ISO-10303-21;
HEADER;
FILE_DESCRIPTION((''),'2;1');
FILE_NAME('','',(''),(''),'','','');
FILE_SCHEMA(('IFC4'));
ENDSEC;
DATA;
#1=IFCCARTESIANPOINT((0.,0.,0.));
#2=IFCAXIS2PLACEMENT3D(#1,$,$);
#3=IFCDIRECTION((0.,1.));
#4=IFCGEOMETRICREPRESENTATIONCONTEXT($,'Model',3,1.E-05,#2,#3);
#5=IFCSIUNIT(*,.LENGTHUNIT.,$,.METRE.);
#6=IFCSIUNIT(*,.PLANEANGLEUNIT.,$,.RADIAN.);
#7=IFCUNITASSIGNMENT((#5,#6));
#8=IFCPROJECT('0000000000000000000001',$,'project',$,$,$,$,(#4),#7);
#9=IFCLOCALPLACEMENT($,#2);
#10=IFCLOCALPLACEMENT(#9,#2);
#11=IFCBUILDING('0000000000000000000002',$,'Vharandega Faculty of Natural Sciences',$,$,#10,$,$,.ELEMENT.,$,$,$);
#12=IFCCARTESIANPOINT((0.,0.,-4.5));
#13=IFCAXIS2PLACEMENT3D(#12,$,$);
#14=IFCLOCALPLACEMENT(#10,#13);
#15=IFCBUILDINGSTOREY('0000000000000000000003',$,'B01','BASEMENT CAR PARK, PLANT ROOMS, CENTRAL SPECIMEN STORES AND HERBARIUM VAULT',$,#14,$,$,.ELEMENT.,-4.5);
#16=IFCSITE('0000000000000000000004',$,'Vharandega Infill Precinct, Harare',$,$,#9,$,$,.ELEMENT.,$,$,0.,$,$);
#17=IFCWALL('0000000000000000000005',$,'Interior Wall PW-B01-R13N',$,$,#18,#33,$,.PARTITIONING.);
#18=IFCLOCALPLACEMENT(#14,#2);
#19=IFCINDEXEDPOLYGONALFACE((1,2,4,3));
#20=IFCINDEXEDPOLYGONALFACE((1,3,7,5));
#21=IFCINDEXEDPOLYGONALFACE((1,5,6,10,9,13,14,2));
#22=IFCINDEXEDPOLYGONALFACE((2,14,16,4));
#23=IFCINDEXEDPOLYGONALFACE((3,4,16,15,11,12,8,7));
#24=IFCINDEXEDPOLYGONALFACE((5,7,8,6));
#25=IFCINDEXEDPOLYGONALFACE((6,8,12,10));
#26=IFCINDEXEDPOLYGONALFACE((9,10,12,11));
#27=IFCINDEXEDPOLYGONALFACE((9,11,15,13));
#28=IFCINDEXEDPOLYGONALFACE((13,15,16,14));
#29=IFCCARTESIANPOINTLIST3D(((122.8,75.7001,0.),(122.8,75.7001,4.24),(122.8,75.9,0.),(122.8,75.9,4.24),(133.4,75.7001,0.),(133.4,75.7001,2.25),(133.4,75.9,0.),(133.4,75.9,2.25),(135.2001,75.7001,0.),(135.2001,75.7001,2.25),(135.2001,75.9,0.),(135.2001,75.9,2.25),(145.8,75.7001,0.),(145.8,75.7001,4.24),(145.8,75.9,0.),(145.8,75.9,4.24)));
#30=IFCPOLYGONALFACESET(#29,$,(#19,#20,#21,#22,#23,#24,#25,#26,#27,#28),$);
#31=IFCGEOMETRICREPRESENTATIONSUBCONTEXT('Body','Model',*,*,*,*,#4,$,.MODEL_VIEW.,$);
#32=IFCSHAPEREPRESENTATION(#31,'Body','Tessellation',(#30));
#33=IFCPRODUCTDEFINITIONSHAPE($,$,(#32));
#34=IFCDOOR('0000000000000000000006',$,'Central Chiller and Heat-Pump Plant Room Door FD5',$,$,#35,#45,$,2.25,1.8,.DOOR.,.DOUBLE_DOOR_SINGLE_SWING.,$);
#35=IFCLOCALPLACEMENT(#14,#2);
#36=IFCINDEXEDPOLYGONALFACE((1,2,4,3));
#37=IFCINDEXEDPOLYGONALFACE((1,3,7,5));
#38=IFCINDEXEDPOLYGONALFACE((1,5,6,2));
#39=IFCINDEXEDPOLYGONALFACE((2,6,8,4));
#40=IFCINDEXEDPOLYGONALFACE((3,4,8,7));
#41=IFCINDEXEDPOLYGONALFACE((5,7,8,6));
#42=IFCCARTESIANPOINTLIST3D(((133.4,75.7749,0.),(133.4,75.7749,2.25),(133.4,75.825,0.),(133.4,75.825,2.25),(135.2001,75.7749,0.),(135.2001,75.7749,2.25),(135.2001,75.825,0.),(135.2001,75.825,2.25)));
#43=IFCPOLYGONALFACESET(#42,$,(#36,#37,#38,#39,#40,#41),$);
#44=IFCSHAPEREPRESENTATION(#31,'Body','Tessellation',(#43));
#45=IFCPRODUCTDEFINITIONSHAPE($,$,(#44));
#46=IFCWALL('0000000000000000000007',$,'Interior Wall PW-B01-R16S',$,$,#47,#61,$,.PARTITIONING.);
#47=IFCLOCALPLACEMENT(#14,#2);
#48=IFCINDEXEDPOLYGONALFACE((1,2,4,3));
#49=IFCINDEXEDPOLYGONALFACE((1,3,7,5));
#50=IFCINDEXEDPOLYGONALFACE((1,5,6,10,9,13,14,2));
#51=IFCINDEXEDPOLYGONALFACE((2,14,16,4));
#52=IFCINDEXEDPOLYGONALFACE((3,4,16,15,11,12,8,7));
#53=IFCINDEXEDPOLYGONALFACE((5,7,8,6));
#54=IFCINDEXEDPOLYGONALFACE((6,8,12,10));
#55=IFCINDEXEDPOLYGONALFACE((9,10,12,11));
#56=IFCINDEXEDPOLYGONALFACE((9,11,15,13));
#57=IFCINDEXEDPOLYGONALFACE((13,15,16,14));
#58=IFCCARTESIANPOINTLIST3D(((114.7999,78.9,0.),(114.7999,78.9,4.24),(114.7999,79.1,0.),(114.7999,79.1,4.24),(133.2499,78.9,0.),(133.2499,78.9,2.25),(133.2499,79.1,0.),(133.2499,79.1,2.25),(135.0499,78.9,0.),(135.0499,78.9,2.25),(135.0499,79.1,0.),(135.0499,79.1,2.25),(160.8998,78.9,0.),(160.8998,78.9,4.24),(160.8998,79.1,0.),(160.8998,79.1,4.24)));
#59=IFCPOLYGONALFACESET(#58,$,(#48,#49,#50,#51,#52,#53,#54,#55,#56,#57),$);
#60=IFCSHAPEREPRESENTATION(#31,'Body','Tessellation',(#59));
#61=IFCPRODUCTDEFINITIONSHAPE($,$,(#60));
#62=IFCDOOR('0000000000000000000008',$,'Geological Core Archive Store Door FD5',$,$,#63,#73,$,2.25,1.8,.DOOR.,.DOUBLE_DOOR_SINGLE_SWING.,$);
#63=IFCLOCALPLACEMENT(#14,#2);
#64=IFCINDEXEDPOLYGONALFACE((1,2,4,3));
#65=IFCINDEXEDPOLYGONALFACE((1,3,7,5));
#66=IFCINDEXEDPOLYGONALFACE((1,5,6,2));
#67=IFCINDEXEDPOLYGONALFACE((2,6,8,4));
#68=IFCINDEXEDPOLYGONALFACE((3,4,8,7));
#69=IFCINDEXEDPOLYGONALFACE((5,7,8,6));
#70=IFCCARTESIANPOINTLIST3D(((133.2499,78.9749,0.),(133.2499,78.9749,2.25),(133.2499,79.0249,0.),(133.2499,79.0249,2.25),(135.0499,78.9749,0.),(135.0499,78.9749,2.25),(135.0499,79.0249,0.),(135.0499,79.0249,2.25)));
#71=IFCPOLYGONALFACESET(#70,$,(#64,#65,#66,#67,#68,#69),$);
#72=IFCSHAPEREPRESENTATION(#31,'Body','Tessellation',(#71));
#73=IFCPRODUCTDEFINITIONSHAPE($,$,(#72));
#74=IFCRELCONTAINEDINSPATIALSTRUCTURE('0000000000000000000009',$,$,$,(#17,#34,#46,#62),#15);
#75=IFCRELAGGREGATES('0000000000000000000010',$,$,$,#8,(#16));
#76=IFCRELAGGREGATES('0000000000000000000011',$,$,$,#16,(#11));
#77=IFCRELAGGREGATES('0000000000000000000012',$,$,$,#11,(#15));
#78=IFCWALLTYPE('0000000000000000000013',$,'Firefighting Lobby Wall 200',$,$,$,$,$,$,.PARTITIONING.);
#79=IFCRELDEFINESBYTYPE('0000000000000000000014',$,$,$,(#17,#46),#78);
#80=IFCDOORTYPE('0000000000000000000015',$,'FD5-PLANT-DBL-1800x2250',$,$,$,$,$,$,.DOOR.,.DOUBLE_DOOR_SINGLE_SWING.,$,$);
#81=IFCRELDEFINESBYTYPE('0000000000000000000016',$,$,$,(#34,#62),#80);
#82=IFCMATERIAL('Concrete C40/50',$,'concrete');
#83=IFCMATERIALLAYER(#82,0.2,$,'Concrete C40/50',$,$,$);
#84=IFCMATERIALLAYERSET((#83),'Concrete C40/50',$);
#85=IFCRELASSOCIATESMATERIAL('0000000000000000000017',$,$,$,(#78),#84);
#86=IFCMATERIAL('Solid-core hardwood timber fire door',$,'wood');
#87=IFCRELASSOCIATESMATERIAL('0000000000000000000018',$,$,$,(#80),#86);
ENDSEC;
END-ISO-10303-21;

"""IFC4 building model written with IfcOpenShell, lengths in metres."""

from ifc_helpers import new_model, si_unit, direction, frame, frame_2d, origin, place, context, subcontext, project, spatial, rectangle, extrude, material, layer, layer_set, type_object, element, fill, save


model = new_model("IFC4")

# Units and contexts
model_context = context("Model", 3, precision=1e-05, world=origin(), true_north=direction((0.0, 1.0)))
body_context = subcontext(model_context, "Body", "Model", "MODEL_VIEW")
ifc_project = project(units=[si_unit("LENGTHUNIT", "METRE"), si_unit("PLANEANGLEUNIT", "RADIAN")], contexts=[model_context])

# Site, building, storey
site_placement = place(None, origin())
site = spatial("IfcSite", under=ifc_project, at=site_placement, Name="Vharandega Infill Precinct, Harare", CompositionType="ELEMENT", RefElevation=0.0)
building_placement = place(site_placement, origin())
building = spatial("IfcBuilding", under=site, at=building_placement, Name="Vharandega Faculty of Natural Sciences", CompositionType="ELEMENT")
storey_placement = place(building_placement, frame((0.0, 0.0, -4.5)))
storey = spatial("IfcBuildingStorey", under=building, at=storey_placement, Name="B01", Description="BASEMENT CAR PARK, PLANT ROOMS, CENTRAL SPECIMEN STORES AND HERBARIUM VAULT", CompositionType="ELEMENT", Elevation=-4.5)

# Shared definitions
ifc_material_1 = material(Name="Concrete C40/50", Category="concrete")
ifc_layer = layer(ifc_material_1, 0.2, Name="Concrete C40/50")
ifc_layer_set = layer_set([ifc_layer], Name="Concrete C40/50")
wall_type = type_object("IfcWallType", Name="Firefighting Lobby Wall 200", PredefinedType="PARTITIONING", material=ifc_layer_set)

# Walls, openings, doors
wall_1_placement = place(storey_placement, frame((122.8, 75.8, 0.0), z_axis=(0.0, 0.0, 1.0), x_axis=(1.0, 0.0, 0.0)))
wall_1 = element("IfcWall", 1, at=wall_1_placement, inside=storey, type_object=wall_type, Name="Interior Wall PW-B01-R13N", PredefinedType="PARTITIONING", context=body_context, shape_type="SweptSolid", body=[
    extrude(rectangle(XDim=23.0, YDim=0.2, at=frame_2d((11.5, 0.0))), origin(), (0.0, 0.0, 1.0), 4.24),
])
opening_1_placement = place(wall_1_placement, frame((10.6001, 0.0, 0.0)))
opening_1 = element("IfcOpeningElement", 2, at=opening_1_placement, cuts=wall_1, PredefinedType="OPENING", context=body_context, shape_type="SweptSolid", body=[
    extrude(rectangle(XDim=1.8, YDim=2.25, at=frame_2d((0.8999, 1.125))), frame((0.0, 0.1099, 0.0), z_axis=(0.0, -1.0, 0.0), x_axis=(1.0, 0.0, 0.0)), (0.0, 0.0, 1.0), 0.22),
])
ifc_material_2 = material(Name="Solid-core hardwood timber fire door", Category="wood")
door_type_1 = type_object("IfcDoorType", Name="FD5-PLANT-DBL-1800x2250", OperationType="DOUBLE_DOOR_SINGLE_SWING", PredefinedType="DOOR", material=ifc_material_2)
door_1_placement = place(opening_1_placement, origin())
door_1 = element("IfcDoor", 3, at=door_1_placement, inside=storey, type_object=door_type_1, Name="Central Chiller and Heat-Pump Plant Room Door FD5", OperationType="DOUBLE_DOOR_SINGLE_SWING", OverallHeight=2.25, OverallWidth=1.8, PredefinedType="DOOR", context=body_context, shape_type="SweptSolid", body=[
    extrude(rectangle(XDim=1.8, YDim=2.25, at=frame_2d((0.8999, 1.125))), frame((0.0, 0.0249, 0.0), z_axis=(0.0, -1.0, 0.0), x_axis=(1.0, 0.0, 0.0)), (0.0, 0.0, 1.0), 0.05),
])
fill(opening_1, door_1)
wall_2_placement = place(storey_placement, frame((114.8, 79.0, 0.0), z_axis=(0.0, 0.0, 1.0), x_axis=(1.0, 0.0, 0.0)))
wall_2 = element("IfcWall", 4, at=wall_2_placement, inside=storey, type_object=wall_type, Name="Interior Wall PW-B01-R16S", PredefinedType="PARTITIONING", context=body_context, shape_type="SweptSolid", body=[
    extrude(rectangle(XDim=46.0999, YDim=0.2, at=frame_2d((23.0498, 0.0))), origin(), (0.0, 0.0, 1.0), 4.24),
])
opening_2_placement = place(wall_2_placement, frame((18.45, 0.0, 0.0)))
opening_2 = element("IfcOpeningElement", 5, at=opening_2_placement, cuts=wall_2, PredefinedType="OPENING", context=body_context, shape_type="SweptSolid", body=[
    extrude(rectangle(XDim=1.8, YDim=2.25, at=frame_2d((0.8999, 1.125))), frame((0.0, 0.1099, 0.0), z_axis=(0.0, -1.0, 0.0), x_axis=(1.0, 0.0, 0.0)), (0.0, 0.0, 1.0), 0.22),
])
door_2_placement = place(opening_2_placement, origin())
door_2 = element("IfcDoor", 6, at=door_2_placement, inside=storey, type_object=door_type_1, Name="Geological Core Archive Store Door FD5", OperationType="DOUBLE_DOOR_SINGLE_SWING", OverallHeight=2.25, OverallWidth=1.8, PredefinedType="DOOR", context=body_context, shape_type="SweptSolid", body=[
    extrude(rectangle(XDim=1.8, YDim=2.25, at=frame_2d((0.8999, 1.125))), frame((0.0, 0.0249, 0.0), z_axis=(0.0, -1.0, 0.0), x_axis=(1.0, 0.0, 0.0)), (0.0, 0.0, 1.0), 0.05),
])
fill(opening_2, door_2)

save(model, "model.ifc")
